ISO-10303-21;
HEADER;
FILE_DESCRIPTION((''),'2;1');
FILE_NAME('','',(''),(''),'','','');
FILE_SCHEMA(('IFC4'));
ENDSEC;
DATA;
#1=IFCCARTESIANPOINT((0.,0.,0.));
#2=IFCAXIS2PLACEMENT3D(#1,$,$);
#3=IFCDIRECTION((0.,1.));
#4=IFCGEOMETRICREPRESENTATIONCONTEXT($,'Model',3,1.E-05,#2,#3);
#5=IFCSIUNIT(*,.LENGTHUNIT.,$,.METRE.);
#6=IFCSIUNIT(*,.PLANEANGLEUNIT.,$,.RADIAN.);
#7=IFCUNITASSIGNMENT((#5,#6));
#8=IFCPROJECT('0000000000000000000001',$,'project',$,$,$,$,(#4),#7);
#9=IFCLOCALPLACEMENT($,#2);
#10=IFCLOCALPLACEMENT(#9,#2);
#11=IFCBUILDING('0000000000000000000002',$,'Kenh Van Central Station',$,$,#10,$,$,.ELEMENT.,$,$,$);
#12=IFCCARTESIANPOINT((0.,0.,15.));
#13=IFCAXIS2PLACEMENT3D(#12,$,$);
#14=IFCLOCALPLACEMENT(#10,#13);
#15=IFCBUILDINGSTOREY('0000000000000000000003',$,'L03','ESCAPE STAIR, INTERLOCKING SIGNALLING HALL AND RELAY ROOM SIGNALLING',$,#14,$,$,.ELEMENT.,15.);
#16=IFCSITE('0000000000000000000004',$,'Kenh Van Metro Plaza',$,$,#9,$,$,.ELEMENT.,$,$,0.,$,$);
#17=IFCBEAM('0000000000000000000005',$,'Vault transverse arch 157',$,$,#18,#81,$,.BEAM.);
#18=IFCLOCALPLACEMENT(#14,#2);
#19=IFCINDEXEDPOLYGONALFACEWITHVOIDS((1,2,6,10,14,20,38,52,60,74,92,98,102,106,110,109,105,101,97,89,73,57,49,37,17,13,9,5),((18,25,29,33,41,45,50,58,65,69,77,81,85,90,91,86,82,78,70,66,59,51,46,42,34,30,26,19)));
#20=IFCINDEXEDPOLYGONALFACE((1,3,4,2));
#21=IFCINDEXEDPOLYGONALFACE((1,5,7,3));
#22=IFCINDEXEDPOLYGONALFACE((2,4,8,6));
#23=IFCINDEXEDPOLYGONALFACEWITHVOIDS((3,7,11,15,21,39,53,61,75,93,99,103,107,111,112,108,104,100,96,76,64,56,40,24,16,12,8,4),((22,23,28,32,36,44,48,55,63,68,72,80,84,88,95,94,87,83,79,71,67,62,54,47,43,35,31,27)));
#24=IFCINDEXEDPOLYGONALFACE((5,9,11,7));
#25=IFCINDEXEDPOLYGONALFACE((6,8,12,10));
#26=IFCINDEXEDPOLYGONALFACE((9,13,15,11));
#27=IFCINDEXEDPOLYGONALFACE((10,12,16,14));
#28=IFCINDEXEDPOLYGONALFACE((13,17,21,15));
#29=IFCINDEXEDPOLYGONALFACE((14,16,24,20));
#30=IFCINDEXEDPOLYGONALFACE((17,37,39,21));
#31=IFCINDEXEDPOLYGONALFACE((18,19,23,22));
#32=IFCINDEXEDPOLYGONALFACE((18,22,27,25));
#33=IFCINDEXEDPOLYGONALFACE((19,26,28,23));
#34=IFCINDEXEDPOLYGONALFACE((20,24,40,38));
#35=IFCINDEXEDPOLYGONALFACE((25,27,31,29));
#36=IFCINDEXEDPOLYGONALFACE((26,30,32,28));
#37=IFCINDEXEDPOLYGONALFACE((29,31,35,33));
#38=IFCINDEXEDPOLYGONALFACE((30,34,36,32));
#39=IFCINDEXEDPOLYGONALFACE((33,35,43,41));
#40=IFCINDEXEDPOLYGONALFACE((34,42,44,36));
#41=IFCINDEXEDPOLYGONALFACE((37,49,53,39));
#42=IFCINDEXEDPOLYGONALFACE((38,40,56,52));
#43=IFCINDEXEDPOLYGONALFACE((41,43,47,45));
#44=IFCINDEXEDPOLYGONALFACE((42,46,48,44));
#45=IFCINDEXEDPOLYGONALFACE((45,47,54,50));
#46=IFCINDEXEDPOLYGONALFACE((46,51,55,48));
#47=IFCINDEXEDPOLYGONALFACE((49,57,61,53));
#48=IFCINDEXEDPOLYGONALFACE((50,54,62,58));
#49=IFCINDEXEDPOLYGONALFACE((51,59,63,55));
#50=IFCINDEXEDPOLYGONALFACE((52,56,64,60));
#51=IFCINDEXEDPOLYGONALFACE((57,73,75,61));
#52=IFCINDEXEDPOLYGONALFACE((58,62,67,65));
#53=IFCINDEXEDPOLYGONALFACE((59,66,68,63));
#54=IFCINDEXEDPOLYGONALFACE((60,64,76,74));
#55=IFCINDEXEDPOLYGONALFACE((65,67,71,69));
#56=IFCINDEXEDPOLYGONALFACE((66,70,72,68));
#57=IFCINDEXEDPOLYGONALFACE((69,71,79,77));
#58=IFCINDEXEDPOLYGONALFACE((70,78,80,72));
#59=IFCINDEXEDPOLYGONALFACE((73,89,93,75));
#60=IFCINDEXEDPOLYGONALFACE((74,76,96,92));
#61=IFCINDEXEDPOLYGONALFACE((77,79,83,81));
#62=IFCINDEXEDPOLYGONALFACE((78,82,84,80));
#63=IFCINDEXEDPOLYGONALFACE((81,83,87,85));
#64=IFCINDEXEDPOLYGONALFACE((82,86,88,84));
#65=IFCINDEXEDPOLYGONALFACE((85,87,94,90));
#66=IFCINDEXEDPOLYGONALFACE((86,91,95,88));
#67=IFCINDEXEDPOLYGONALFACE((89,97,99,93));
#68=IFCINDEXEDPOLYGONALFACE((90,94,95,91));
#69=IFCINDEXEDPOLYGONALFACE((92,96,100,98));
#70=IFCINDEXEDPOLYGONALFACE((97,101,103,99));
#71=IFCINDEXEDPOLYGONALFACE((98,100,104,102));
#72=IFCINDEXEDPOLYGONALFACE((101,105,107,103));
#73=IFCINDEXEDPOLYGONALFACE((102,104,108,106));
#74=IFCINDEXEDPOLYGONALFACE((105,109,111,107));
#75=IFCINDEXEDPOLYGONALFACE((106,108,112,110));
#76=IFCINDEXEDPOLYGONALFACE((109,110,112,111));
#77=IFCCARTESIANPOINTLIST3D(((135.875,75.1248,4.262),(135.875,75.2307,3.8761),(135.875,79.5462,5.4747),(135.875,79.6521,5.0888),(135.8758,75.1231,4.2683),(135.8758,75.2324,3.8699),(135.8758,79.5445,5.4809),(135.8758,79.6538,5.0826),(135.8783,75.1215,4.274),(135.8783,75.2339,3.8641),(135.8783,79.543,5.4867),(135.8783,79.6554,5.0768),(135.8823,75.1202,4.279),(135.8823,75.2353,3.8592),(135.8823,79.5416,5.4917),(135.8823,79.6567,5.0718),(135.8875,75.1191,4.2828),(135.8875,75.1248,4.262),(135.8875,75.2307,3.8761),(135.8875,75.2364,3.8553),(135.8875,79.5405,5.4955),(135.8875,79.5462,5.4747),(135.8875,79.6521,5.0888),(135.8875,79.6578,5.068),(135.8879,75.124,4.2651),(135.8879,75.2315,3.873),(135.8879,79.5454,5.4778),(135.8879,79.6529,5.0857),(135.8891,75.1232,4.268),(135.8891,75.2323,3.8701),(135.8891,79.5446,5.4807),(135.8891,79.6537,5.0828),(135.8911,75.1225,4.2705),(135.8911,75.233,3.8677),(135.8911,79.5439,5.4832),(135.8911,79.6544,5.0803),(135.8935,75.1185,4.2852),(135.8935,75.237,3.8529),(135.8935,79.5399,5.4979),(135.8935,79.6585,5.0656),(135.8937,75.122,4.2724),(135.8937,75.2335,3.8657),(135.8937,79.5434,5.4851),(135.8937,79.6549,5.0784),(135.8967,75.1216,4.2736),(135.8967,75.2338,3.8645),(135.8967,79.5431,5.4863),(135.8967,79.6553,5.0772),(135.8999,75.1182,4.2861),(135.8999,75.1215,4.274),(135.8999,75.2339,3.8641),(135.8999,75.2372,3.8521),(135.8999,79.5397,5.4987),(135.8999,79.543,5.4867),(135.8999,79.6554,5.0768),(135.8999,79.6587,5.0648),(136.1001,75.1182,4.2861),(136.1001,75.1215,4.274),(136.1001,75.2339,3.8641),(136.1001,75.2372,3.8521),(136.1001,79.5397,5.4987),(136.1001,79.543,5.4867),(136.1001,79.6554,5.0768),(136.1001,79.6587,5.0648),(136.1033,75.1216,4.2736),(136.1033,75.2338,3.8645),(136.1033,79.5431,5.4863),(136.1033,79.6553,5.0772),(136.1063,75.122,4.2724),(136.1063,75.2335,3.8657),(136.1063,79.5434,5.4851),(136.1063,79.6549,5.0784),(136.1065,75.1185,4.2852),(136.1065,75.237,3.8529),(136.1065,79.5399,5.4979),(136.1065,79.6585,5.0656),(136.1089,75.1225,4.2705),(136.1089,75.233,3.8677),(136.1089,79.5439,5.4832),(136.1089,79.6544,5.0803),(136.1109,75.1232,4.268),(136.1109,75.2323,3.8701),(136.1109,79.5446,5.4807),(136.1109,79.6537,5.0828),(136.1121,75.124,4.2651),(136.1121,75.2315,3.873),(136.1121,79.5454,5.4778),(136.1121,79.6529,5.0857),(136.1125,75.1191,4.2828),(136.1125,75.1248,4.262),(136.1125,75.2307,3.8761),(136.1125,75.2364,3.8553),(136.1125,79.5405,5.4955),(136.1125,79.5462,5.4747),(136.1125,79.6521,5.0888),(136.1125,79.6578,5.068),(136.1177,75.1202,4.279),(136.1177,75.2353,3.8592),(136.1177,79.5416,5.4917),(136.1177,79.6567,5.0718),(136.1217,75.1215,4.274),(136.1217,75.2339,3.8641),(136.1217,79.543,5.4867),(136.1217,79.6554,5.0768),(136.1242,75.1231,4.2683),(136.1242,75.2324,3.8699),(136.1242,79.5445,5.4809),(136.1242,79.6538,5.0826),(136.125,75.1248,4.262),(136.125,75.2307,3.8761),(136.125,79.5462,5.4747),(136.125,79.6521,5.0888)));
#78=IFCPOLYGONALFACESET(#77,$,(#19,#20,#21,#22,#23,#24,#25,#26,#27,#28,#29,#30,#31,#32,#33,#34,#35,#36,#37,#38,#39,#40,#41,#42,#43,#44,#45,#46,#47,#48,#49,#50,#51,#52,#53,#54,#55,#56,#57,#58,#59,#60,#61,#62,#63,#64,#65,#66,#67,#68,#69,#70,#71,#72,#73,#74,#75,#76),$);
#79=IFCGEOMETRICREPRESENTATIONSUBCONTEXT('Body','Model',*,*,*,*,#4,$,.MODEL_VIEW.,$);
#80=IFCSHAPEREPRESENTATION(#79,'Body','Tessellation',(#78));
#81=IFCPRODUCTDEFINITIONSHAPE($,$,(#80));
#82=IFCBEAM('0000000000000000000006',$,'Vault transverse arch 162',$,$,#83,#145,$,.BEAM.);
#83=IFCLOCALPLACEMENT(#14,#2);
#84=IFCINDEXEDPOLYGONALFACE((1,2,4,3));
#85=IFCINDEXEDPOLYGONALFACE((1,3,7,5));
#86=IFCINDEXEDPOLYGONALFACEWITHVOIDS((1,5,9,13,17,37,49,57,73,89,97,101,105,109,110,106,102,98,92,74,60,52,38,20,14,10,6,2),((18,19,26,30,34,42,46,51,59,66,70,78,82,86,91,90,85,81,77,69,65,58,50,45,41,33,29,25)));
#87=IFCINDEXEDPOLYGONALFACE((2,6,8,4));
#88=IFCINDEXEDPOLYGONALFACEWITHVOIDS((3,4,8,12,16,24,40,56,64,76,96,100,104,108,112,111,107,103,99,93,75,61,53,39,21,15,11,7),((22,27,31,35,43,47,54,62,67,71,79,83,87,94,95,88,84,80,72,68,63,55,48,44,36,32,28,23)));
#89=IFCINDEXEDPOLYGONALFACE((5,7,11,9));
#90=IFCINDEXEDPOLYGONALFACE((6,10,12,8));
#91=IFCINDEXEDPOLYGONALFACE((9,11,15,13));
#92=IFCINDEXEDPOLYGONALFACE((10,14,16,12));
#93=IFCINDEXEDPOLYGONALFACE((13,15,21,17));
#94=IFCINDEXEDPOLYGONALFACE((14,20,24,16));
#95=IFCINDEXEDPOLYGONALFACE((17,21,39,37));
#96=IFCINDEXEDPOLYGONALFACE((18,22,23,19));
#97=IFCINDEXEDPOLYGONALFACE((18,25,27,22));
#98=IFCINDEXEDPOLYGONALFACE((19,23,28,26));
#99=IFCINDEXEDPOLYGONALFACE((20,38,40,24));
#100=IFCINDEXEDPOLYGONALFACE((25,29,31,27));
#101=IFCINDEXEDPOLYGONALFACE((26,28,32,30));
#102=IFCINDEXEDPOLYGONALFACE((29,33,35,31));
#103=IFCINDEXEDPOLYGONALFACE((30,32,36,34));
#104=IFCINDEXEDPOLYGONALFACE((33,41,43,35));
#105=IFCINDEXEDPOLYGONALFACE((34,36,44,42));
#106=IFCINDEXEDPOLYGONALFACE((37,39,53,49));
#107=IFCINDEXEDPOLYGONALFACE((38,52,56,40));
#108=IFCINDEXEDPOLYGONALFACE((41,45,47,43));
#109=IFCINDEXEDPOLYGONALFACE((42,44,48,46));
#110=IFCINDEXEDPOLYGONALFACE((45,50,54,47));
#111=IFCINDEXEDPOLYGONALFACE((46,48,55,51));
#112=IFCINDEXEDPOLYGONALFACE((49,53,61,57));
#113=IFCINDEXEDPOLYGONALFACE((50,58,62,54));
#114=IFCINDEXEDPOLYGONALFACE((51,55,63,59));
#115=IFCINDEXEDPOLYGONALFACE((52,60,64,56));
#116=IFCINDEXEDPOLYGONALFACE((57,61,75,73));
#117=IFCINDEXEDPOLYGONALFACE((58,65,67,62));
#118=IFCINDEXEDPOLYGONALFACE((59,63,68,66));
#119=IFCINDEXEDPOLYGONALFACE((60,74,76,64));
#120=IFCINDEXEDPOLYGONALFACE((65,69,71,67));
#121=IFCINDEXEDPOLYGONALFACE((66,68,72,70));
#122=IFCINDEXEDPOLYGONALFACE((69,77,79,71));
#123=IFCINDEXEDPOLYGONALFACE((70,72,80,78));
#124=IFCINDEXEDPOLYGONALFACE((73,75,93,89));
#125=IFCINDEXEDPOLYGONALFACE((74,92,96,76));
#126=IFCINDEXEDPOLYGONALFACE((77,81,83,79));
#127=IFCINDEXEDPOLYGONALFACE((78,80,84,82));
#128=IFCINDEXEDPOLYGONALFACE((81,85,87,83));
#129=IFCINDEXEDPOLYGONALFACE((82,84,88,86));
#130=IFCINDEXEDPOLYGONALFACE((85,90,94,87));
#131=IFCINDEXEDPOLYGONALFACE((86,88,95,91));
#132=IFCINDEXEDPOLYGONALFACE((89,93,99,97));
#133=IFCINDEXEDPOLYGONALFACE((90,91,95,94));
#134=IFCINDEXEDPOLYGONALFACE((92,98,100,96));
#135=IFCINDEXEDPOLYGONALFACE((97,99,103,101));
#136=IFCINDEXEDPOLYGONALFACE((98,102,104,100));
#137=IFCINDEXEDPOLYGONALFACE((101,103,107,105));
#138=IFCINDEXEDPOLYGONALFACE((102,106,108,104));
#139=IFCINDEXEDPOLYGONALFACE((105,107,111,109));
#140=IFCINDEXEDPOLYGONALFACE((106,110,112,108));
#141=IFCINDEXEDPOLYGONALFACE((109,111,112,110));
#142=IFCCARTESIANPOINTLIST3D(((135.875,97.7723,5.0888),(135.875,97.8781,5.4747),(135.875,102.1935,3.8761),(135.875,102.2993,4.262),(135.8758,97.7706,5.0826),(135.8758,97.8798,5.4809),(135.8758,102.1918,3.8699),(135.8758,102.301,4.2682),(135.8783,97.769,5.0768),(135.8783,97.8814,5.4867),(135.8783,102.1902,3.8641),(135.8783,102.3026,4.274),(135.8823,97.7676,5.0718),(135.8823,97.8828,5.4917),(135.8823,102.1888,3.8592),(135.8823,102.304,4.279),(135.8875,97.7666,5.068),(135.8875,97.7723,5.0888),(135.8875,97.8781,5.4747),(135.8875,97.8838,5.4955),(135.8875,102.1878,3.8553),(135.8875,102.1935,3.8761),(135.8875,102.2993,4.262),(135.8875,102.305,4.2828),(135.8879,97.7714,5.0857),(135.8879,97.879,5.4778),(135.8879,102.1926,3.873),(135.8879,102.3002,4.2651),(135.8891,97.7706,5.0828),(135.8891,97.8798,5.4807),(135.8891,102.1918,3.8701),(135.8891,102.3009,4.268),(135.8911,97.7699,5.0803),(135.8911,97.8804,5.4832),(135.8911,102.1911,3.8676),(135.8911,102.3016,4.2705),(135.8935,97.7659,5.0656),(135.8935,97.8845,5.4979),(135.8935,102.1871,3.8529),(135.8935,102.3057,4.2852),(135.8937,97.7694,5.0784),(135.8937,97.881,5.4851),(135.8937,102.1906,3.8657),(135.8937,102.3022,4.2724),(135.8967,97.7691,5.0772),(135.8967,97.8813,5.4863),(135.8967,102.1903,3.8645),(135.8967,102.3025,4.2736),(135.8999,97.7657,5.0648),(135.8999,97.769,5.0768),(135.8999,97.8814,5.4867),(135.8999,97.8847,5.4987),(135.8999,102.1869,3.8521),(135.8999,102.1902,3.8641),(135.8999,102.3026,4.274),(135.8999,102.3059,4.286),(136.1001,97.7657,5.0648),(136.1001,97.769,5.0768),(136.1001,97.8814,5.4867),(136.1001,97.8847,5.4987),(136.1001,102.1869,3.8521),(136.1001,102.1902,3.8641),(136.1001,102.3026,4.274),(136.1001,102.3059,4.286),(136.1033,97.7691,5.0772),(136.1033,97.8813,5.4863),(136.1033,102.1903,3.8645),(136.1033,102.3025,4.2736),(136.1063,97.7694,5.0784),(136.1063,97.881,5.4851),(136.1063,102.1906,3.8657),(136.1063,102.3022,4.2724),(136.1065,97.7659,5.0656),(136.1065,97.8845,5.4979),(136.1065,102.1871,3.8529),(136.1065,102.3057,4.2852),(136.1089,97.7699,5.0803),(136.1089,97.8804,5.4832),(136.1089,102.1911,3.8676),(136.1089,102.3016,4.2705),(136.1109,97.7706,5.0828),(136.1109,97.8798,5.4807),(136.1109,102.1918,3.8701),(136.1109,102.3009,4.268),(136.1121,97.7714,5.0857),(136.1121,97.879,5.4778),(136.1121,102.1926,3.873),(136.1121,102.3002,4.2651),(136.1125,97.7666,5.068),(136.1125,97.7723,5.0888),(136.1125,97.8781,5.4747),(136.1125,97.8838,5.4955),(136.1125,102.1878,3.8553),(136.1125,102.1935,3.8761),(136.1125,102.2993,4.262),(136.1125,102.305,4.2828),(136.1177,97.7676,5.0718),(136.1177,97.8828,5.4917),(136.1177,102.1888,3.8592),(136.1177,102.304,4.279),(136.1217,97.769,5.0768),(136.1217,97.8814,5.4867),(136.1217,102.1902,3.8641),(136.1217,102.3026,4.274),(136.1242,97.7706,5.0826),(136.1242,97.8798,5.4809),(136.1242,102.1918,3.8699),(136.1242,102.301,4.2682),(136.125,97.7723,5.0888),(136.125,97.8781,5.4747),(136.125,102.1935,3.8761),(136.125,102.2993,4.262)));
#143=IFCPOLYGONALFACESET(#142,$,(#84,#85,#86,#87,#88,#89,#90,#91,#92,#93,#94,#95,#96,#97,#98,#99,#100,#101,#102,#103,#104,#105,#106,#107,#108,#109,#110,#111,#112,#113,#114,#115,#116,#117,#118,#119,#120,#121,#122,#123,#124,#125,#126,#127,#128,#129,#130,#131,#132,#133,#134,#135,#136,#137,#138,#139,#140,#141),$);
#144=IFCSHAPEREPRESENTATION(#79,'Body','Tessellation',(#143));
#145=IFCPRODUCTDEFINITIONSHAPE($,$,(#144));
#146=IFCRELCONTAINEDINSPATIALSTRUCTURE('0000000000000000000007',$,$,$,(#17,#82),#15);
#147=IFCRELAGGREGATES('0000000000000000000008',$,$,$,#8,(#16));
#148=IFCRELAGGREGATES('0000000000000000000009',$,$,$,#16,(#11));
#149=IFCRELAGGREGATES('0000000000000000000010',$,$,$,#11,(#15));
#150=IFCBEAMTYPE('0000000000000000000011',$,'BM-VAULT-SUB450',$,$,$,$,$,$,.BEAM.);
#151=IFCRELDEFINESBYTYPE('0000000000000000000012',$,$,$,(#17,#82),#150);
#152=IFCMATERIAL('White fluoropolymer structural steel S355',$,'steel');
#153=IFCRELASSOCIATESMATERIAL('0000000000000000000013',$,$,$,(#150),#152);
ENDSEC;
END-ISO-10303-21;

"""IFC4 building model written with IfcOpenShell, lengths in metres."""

from ifc_helpers import new_model, si_unit, direction, frame, origin, origin_2d, place, context, subcontext, project, spatial, hollow_rectangle, extrude, material, material_profile, profile_set, type_object, element, save


model = new_model("IFC4")

# Units and contexts
model_context = context("Model", 3, precision=1e-05, world=origin(), true_north=direction((0.0, 1.0)))
body_context = subcontext(model_context, "Body", "Model", "MODEL_VIEW")
ifc_project = project(units=[si_unit("LENGTHUNIT", "METRE"), si_unit("PLANEANGLEUNIT", "RADIAN")], contexts=[model_context])

# Site, building, storey
site_placement = place(None, origin())
site = spatial("IfcSite", under=ifc_project, at=site_placement, Name="Kenh Van Metro Plaza", CompositionType="ELEMENT", RefElevation=0.0)
building_placement = place(site_placement, origin())
building = spatial("IfcBuilding", under=site, at=building_placement, Name="Kenh Van Central Station", CompositionType="ELEMENT")
storey_placement = place(building_placement, frame((0.0, 0.0, 15.0)))
storey = spatial("IfcBuildingStorey", under=building, at=storey_placement, Name="L03", Description="ESCAPE STAIR, INTERLOCKING SIGNALLING HALL AND RELAY ROOM SIGNALLING", CompositionType="ELEMENT", Elevation=15.0)

# Beams
ifc_material_1 = material(Name="White fluoropolymer structural steel S355", Category="steel")
ifc_material_profile_1 = material_profile(ifc_material_1, hollow_rectangle(XDim=0.25, YDim=0.45, WallThickness=0.0125, InnerFilletRadius=0.0125, OuterFilletRadius=0.0249, at=origin_2d()), Name="RHS 450x250x12.5")
ifc_profile_set_1 = profile_set([ifc_material_profile_1], Name="White fluoropolymer structural steel S355")
beam_type_1 = type_object("IfcBeamType", Name="BM-VAULT-SUB450", PredefinedType="BEAM", material=ifc_profile_set_1)
beam_1_placement = place(storey_placement, frame((136.0, 75.1777, 4.0691), z_axis=(0.0, 0.964386, 0.2645), x_axis=(-1.0, 0.0, 0.0)))
element("IfcBeam", 1, at=beam_1_placement, inside=storey, type_object=beam_type_1, Name="Vault transverse arch 157", PredefinedType="BEAM", context=body_context, shape_type="SweptSolid", body=[
    extrude(hollow_rectangle(XDim=0.25, YDim=0.45, WallThickness=0.0125, InnerFilletRadius=0.0125, OuterFilletRadius=0.0249, at=origin_2d()), origin(), (0.0, 0.0, 1.0), 4.5847),
])
beam_2_placement = place(storey_placement, frame((136.0, 97.8252, 5.2817), z_axis=(0.0, 0.964382, -0.264514), x_axis=(-1.0, 0.0, 0.0)))
element("IfcBeam", 2, at=beam_2_placement, inside=storey, type_object=beam_type_1, Name="Vault transverse arch 162", PredefinedType="BEAM", context=body_context, shape_type="SweptSolid", body=[
    extrude(hollow_rectangle(XDim=0.25, YDim=0.45, WallThickness=0.0125, InnerFilletRadius=0.0125, OuterFilletRadius=0.0249, at=origin_2d()), origin(), (0.0, 0.0, 1.0), 4.5845),
])

save(model, "model.ifc")
